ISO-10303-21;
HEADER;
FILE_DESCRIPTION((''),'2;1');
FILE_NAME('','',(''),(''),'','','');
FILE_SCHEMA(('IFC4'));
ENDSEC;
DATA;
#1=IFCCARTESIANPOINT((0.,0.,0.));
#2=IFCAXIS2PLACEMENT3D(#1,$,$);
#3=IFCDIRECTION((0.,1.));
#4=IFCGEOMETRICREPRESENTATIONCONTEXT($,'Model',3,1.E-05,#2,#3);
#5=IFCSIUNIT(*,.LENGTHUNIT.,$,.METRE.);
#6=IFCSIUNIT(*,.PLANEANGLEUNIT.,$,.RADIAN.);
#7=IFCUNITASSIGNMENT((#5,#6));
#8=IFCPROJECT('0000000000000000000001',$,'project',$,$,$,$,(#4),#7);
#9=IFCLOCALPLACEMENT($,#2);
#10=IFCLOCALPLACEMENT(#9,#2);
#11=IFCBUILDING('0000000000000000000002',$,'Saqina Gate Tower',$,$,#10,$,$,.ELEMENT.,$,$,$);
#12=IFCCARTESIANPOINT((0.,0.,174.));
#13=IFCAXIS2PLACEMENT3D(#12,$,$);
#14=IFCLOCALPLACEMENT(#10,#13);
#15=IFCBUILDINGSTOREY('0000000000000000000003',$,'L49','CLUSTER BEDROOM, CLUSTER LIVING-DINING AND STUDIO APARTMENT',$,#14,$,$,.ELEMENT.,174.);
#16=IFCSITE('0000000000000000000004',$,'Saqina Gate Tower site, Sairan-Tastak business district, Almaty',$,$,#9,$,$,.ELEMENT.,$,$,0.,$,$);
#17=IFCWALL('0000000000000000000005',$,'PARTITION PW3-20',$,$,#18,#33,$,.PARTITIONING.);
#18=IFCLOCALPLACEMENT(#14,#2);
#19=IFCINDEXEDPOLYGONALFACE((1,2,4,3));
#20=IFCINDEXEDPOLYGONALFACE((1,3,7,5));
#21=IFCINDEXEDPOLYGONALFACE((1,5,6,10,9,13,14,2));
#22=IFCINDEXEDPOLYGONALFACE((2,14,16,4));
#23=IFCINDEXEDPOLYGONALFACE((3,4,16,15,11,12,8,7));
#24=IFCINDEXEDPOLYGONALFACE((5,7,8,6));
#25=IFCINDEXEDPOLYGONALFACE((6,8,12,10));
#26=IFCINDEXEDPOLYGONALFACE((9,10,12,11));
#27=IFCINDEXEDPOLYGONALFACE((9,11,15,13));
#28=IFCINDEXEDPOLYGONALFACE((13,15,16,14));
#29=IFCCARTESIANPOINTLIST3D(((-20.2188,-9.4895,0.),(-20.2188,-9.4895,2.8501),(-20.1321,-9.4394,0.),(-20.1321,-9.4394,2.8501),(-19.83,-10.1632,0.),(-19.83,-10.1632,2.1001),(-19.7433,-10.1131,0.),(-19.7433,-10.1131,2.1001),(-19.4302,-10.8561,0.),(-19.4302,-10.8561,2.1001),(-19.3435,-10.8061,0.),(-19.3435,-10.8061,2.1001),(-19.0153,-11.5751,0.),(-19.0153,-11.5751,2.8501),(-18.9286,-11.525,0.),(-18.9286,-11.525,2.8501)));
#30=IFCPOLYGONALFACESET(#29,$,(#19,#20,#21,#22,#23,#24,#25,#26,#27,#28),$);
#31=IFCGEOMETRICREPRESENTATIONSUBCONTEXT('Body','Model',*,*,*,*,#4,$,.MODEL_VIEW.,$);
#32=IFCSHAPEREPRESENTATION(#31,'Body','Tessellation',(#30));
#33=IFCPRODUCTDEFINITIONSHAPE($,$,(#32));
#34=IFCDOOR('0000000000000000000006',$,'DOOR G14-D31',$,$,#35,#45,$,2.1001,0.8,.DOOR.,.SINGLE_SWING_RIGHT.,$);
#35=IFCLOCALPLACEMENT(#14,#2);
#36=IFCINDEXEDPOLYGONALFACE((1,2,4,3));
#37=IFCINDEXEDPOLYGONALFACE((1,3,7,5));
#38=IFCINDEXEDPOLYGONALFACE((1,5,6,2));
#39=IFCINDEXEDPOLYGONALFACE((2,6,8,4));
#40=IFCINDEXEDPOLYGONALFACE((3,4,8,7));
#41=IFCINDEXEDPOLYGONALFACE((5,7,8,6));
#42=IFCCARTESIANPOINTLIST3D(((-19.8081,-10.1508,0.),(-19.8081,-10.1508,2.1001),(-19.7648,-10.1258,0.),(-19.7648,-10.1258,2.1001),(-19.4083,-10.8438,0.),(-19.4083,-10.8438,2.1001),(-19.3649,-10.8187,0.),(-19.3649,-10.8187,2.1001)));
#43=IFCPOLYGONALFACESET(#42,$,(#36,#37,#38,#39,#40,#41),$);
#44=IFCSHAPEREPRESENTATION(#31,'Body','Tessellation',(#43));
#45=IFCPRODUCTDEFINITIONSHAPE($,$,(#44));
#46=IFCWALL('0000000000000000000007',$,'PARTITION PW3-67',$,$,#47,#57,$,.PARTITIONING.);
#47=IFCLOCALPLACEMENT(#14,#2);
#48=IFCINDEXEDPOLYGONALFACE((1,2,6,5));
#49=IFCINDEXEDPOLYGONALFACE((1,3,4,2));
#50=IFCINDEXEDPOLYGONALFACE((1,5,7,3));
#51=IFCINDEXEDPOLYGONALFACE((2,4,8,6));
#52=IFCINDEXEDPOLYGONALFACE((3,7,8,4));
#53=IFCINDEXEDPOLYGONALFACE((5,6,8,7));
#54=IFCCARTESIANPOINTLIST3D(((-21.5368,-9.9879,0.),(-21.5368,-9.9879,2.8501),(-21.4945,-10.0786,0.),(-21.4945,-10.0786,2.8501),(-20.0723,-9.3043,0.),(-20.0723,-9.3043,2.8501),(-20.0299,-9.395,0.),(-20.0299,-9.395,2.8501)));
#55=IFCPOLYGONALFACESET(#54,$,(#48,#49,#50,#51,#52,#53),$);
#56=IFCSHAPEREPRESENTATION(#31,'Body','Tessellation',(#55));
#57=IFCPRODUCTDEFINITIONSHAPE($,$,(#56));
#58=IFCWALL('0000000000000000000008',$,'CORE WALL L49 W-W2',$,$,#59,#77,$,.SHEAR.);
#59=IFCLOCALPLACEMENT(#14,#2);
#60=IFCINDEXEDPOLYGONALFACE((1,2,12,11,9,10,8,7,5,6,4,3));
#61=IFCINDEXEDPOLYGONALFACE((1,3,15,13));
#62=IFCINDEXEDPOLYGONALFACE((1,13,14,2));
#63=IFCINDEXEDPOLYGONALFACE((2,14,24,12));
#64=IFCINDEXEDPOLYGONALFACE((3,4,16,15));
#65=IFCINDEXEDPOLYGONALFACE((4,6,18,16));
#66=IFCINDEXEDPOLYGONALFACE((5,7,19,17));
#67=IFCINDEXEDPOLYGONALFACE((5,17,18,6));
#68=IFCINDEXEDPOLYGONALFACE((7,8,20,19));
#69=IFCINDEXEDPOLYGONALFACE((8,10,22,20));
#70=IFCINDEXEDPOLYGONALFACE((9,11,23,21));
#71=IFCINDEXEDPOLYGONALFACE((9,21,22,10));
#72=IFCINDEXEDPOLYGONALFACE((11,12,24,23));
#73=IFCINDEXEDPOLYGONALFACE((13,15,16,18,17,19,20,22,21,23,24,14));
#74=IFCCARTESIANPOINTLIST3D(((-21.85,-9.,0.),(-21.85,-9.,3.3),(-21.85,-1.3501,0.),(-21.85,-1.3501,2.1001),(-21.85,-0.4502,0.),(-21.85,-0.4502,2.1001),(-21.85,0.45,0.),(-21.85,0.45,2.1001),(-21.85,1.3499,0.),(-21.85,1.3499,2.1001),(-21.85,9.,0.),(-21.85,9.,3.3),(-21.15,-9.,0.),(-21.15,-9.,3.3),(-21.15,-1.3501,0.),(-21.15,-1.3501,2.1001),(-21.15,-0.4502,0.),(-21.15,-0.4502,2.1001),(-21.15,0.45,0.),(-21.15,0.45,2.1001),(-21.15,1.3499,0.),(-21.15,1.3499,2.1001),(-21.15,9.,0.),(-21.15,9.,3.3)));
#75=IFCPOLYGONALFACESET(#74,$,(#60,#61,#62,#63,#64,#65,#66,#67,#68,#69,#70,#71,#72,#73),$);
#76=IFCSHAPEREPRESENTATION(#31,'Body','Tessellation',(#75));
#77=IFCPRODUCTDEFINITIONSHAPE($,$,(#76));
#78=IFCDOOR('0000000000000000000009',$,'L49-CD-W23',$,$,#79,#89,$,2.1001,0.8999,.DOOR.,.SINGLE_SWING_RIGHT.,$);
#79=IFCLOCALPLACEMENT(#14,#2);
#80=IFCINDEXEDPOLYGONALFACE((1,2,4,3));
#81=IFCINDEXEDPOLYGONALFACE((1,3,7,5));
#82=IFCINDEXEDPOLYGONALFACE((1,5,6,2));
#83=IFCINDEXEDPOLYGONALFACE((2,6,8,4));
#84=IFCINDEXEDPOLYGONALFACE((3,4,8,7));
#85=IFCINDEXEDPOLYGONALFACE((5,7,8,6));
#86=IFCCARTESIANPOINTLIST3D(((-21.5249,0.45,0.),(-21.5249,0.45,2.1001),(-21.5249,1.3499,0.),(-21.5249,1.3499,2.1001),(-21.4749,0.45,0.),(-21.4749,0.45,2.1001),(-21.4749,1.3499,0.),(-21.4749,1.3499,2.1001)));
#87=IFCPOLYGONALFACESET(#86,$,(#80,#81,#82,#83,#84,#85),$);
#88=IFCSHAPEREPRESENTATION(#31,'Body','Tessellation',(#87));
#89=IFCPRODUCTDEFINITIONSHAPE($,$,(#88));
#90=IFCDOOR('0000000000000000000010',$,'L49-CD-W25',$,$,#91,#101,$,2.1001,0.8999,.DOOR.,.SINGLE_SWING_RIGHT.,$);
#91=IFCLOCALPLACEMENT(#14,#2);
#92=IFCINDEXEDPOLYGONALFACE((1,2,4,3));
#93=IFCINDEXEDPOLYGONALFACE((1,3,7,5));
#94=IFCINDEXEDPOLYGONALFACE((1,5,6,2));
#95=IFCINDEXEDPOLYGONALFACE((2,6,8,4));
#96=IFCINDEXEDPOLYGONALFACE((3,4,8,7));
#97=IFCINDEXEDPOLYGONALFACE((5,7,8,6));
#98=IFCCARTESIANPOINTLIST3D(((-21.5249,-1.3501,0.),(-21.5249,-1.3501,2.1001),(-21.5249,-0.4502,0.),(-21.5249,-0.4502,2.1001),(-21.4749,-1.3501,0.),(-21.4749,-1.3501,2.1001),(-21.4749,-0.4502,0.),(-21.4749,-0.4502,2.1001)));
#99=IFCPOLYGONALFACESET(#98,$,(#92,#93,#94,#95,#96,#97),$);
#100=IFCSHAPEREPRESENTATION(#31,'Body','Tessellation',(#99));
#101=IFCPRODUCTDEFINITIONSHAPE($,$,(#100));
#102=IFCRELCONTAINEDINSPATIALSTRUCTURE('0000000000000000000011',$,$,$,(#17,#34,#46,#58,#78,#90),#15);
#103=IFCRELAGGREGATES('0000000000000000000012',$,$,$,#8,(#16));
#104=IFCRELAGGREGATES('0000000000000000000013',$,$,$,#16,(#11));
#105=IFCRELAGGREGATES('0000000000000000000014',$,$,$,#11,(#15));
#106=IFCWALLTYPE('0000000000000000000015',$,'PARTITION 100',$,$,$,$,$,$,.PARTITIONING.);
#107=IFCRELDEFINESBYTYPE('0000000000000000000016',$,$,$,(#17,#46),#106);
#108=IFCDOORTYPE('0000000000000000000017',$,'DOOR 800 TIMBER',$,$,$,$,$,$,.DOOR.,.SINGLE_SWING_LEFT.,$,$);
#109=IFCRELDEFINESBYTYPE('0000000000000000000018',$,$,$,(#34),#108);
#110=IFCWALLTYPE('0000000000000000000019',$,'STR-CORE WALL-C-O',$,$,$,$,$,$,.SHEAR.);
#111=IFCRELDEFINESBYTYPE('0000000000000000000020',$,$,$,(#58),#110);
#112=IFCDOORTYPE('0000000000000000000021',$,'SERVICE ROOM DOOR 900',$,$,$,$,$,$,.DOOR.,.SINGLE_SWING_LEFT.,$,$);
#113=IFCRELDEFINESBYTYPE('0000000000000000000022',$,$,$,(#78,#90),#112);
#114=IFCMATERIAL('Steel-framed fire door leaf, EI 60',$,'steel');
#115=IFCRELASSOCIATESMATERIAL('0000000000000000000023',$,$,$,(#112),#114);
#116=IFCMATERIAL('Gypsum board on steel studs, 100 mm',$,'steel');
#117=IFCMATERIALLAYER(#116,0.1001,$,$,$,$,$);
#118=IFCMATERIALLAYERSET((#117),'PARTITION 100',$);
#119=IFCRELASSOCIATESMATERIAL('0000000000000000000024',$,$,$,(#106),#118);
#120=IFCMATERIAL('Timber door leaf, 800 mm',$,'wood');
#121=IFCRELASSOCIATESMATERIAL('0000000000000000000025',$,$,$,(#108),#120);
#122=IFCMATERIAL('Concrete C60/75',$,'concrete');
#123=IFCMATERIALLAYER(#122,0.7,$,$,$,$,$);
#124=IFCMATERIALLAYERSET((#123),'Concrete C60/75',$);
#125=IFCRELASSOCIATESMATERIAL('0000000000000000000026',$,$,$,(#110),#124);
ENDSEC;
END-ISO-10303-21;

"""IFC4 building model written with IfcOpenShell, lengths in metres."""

from ifc_helpers import new_model, si_unit, direction, frame, frame_2d, origin, place, context, subcontext, project, spatial, rectangle, extrude, material, layer, layer_set, type_object, element, fill, save


model = new_model("IFC4")

# Units and contexts
model_context = context("Model", 3, precision=1e-05, world=origin(), true_north=direction((0.0, 1.0)))
body_context = subcontext(model_context, "Body", "Model", "MODEL_VIEW")
ifc_project = project(units=[si_unit("LENGTHUNIT", "METRE"), si_unit("PLANEANGLEUNIT", "RADIAN")], contexts=[model_context])

# Site, building, storey
site_placement = place(None, origin())
site = spatial("IfcSite", under=ifc_project, at=site_placement, Name="Saqina Gate Tower site, Sairan-Tastak business district, Almaty", CompositionType="ELEMENT", RefElevation=0.0)
building_placement = place(site_placement, origin())
building = spatial("IfcBuilding", under=site, at=building_placement, Name="Saqina Gate Tower", CompositionType="ELEMENT")
storey_placement = place(building_placement, frame((0.0, 0.0, 174.0)))
storey = spatial("IfcBuildingStorey", under=building, at=storey_placement, Name="L49", Description="CLUSTER BEDROOM, CLUSTER LIVING-DINING AND STUDIO APARTMENT", CompositionType="ELEMENT", Elevation=174.0)

# Shared definitions
ifc_material_1 = material(Name="Steel-framed fire door leaf, EI 60", Category="steel")
door_type_1 = type_object("IfcDoorType", Name="SERVICE ROOM DOOR 900", OperationType="SINGLE_SWING_LEFT", PredefinedType="DOOR", material=ifc_material_1)

# Wall, opening, door
ifc_material_2 = material(Name="Gypsum board on steel studs, 100 mm", Category="steel")
ifc_layer_1 = layer(ifc_material_2, 0.1001)
ifc_layer_set_1 = layer_set([ifc_layer_1], Name="PARTITION 100")
wall_type_1 = type_object("IfcWallType", Name="PARTITION 100", PredefinedType="PARTITIONING", material=ifc_layer_set_1)
wall_1_placement = place(storey_placement, frame((-20.1755, -9.4644, 0.0), z_axis=(0.0, 0.0, 1.0), x_axis=(0.499825, -0.866127, 0.0)))
wall_1 = element("IfcWall", 1, at=wall_1_placement, inside=storey, type_object=wall_type_1, Name="PARTITION PW3-20", PredefinedType="PARTITIONING", context=body_context, shape_type="SweptSolid", body=[
    extrude(rectangle(XDim=2.408, YDim=0.1001, at=frame_2d((1.2041, 0.0))), origin(), (0.0, 0.0, 1.0), 2.8501),
])
opening_1_placement = place(wall_1_placement, frame((0.7781, 0.0, 0.0)))
opening_1 = element("IfcOpeningElement", 2, at=opening_1_placement, cuts=wall_1, PredefinedType="OPENING", context=body_context, shape_type="SweptSolid", body=[
    extrude(rectangle(XDim=0.8, YDim=2.1001, at=frame_2d((0.3999, 1.05))), frame((0.0, 0.062, 0.0), z_axis=(0.0, -1.0, 0.0), x_axis=(1.0, 0.0, 0.0)), (0.0, 0.0, 1.0), 0.124),
])
ifc_material_3 = material(Name="Timber door leaf, 800 mm", Category="wood")
door_type_2 = type_object("IfcDoorType", Name="DOOR 800 TIMBER", OperationType="SINGLE_SWING_LEFT", PredefinedType="DOOR", material=ifc_material_3)
door_1_placement = place(opening_1_placement, frame((0.8, 0.0, 0.0), z_axis=(0.0, 0.0, 1.0), x_axis=(-1.0, 0.0, 0.0)))
door_1 = element("IfcDoor", 3, at=door_1_placement, inside=storey, type_object=door_type_2, Name="DOOR G14-D31", OperationType="SINGLE_SWING_RIGHT", OverallHeight=2.1001, OverallWidth=0.8, PredefinedType="DOOR", context=body_context, shape_type="SweptSolid", body=[
    extrude(rectangle(XDim=0.8, YDim=2.1001, at=frame_2d((0.3999, 1.05))), frame((0.0, 0.0249, 0.0), z_axis=(0.0, -1.0, 0.0), x_axis=(1.0, 0.0, 0.0)), (0.0, 0.0, 1.0), 0.05),
])
fill(opening_1, door_1)

# Wall
wall_2_placement = place(storey_placement, frame((-21.5156, -10.0332, 0.0), z_axis=(0.0, 0.0, 1.0), x_axis=(0.906156, 0.422943, 0.0)))
element("IfcWall", 4, at=wall_2_placement, inside=storey, type_object=wall_type_1, Name="PARTITION PW3-67", PredefinedType="PARTITIONING", context=body_context, shape_type="SweptSolid", body=[
    extrude(rectangle(XDim=1.6162, YDim=0.1001, at=frame_2d((0.8081, 0.0))), origin(), (0.0, 0.0, 1.0), 2.8501),
])

# Wall, openings, doors
ifc_material_4 = material(Name="Concrete C60/75", Category="concrete")
ifc_layer_2 = layer(ifc_material_4, 0.7)
ifc_layer_set_2 = layer_set([ifc_layer_2], Name="Concrete C60/75")
wall_type_2 = type_object("IfcWallType", Name="STR-CORE WALL-C-O", PredefinedType="SHEAR", material=ifc_layer_set_2)
wall_3_placement = place(storey_placement, frame((-21.5, -9.0, 0.0), z_axis=(0.0, 0.0, 1.0), x_axis=(0.0, 1.0, 0.0)))
wall_3 = element("IfcWall", 5, at=wall_3_placement, inside=storey, type_object=wall_type_2, Name="CORE WALL L49 W-W2", PredefinedType="SHEAR", context=body_context, shape_type="SweptSolid", body=[
    extrude(rectangle(XDim=18.0, YDim=0.7, at=frame_2d((9.0, 0.0))), origin(), (0.0, 0.0, 1.0), 3.3),
])
opening_2_placement = place(wall_3_placement, frame((9.45, 0.0, 0.0)))
opening_2 = element("IfcOpeningElement", 6, at=opening_2_placement, cuts=wall_3, PredefinedType="OPENING", context=body_context, shape_type="SweptSolid", body=[
    extrude(rectangle(XDim=0.8999, YDim=2.1001, at=frame_2d((0.45, 1.05))), frame((0.0, 0.3621, 0.0), z_axis=(0.0, -1.0, 0.0), x_axis=(1.0, 0.0, 0.0)), (0.0, 0.0, 1.0), 0.7239),
])
opening_3_placement = place(wall_3_placement, frame((7.6499, 0.0, 0.0)))
opening_3 = element("IfcOpeningElement", 7, at=opening_3_placement, cuts=wall_3, PredefinedType="OPENING", context=body_context, shape_type="SweptSolid", body=[
    extrude(rectangle(XDim=0.8999, YDim=2.1001, at=frame_2d((0.45, 1.05))), frame((0.0, 0.3621, 0.0), z_axis=(0.0, -1.0, 0.0), x_axis=(1.0, 0.0, 0.0)), (0.0, 0.0, 1.0), 0.7239),
])
door_2_placement = place(opening_2_placement, origin())
door_2 = element("IfcDoor", 8, at=door_2_placement, inside=storey, type_object=door_type_1, Name="L49-CD-W23", OperationType="SINGLE_SWING_RIGHT", OverallHeight=2.1001, OverallWidth=0.8999, PredefinedType="DOOR", context=body_context, shape_type="SweptSolid", body=[
    extrude(rectangle(XDim=0.8999, YDim=2.1001, at=frame_2d((0.45, 1.05))), frame((0.0, 0.0249, 0.0), z_axis=(0.0, -1.0, 0.0), x_axis=(1.0, 0.0, 0.0)), (0.0, 0.0, 1.0), 0.05),
])
fill(opening_2, door_2)
door_3_placement = place(opening_3_placement, origin())
door_3 = element("IfcDoor", 9, at=door_3_placement, inside=storey, type_object=door_type_1, Name="L49-CD-W25", OperationType="SINGLE_SWING_RIGHT", OverallHeight=2.1001, OverallWidth=0.8999, PredefinedType="DOOR", context=body_context, shape_type="SweptSolid", body=[
    extrude(rectangle(XDim=0.8999, YDim=2.1001, at=frame_2d((0.45, 1.05))), frame((0.0, 0.0249, 0.0), z_axis=(0.0, -1.0, 0.0), x_axis=(1.0, 0.0, 0.0)), (0.0, 0.0, 1.0), 0.05),
])
fill(opening_3, door_3)

save(model, "model.ifc")
